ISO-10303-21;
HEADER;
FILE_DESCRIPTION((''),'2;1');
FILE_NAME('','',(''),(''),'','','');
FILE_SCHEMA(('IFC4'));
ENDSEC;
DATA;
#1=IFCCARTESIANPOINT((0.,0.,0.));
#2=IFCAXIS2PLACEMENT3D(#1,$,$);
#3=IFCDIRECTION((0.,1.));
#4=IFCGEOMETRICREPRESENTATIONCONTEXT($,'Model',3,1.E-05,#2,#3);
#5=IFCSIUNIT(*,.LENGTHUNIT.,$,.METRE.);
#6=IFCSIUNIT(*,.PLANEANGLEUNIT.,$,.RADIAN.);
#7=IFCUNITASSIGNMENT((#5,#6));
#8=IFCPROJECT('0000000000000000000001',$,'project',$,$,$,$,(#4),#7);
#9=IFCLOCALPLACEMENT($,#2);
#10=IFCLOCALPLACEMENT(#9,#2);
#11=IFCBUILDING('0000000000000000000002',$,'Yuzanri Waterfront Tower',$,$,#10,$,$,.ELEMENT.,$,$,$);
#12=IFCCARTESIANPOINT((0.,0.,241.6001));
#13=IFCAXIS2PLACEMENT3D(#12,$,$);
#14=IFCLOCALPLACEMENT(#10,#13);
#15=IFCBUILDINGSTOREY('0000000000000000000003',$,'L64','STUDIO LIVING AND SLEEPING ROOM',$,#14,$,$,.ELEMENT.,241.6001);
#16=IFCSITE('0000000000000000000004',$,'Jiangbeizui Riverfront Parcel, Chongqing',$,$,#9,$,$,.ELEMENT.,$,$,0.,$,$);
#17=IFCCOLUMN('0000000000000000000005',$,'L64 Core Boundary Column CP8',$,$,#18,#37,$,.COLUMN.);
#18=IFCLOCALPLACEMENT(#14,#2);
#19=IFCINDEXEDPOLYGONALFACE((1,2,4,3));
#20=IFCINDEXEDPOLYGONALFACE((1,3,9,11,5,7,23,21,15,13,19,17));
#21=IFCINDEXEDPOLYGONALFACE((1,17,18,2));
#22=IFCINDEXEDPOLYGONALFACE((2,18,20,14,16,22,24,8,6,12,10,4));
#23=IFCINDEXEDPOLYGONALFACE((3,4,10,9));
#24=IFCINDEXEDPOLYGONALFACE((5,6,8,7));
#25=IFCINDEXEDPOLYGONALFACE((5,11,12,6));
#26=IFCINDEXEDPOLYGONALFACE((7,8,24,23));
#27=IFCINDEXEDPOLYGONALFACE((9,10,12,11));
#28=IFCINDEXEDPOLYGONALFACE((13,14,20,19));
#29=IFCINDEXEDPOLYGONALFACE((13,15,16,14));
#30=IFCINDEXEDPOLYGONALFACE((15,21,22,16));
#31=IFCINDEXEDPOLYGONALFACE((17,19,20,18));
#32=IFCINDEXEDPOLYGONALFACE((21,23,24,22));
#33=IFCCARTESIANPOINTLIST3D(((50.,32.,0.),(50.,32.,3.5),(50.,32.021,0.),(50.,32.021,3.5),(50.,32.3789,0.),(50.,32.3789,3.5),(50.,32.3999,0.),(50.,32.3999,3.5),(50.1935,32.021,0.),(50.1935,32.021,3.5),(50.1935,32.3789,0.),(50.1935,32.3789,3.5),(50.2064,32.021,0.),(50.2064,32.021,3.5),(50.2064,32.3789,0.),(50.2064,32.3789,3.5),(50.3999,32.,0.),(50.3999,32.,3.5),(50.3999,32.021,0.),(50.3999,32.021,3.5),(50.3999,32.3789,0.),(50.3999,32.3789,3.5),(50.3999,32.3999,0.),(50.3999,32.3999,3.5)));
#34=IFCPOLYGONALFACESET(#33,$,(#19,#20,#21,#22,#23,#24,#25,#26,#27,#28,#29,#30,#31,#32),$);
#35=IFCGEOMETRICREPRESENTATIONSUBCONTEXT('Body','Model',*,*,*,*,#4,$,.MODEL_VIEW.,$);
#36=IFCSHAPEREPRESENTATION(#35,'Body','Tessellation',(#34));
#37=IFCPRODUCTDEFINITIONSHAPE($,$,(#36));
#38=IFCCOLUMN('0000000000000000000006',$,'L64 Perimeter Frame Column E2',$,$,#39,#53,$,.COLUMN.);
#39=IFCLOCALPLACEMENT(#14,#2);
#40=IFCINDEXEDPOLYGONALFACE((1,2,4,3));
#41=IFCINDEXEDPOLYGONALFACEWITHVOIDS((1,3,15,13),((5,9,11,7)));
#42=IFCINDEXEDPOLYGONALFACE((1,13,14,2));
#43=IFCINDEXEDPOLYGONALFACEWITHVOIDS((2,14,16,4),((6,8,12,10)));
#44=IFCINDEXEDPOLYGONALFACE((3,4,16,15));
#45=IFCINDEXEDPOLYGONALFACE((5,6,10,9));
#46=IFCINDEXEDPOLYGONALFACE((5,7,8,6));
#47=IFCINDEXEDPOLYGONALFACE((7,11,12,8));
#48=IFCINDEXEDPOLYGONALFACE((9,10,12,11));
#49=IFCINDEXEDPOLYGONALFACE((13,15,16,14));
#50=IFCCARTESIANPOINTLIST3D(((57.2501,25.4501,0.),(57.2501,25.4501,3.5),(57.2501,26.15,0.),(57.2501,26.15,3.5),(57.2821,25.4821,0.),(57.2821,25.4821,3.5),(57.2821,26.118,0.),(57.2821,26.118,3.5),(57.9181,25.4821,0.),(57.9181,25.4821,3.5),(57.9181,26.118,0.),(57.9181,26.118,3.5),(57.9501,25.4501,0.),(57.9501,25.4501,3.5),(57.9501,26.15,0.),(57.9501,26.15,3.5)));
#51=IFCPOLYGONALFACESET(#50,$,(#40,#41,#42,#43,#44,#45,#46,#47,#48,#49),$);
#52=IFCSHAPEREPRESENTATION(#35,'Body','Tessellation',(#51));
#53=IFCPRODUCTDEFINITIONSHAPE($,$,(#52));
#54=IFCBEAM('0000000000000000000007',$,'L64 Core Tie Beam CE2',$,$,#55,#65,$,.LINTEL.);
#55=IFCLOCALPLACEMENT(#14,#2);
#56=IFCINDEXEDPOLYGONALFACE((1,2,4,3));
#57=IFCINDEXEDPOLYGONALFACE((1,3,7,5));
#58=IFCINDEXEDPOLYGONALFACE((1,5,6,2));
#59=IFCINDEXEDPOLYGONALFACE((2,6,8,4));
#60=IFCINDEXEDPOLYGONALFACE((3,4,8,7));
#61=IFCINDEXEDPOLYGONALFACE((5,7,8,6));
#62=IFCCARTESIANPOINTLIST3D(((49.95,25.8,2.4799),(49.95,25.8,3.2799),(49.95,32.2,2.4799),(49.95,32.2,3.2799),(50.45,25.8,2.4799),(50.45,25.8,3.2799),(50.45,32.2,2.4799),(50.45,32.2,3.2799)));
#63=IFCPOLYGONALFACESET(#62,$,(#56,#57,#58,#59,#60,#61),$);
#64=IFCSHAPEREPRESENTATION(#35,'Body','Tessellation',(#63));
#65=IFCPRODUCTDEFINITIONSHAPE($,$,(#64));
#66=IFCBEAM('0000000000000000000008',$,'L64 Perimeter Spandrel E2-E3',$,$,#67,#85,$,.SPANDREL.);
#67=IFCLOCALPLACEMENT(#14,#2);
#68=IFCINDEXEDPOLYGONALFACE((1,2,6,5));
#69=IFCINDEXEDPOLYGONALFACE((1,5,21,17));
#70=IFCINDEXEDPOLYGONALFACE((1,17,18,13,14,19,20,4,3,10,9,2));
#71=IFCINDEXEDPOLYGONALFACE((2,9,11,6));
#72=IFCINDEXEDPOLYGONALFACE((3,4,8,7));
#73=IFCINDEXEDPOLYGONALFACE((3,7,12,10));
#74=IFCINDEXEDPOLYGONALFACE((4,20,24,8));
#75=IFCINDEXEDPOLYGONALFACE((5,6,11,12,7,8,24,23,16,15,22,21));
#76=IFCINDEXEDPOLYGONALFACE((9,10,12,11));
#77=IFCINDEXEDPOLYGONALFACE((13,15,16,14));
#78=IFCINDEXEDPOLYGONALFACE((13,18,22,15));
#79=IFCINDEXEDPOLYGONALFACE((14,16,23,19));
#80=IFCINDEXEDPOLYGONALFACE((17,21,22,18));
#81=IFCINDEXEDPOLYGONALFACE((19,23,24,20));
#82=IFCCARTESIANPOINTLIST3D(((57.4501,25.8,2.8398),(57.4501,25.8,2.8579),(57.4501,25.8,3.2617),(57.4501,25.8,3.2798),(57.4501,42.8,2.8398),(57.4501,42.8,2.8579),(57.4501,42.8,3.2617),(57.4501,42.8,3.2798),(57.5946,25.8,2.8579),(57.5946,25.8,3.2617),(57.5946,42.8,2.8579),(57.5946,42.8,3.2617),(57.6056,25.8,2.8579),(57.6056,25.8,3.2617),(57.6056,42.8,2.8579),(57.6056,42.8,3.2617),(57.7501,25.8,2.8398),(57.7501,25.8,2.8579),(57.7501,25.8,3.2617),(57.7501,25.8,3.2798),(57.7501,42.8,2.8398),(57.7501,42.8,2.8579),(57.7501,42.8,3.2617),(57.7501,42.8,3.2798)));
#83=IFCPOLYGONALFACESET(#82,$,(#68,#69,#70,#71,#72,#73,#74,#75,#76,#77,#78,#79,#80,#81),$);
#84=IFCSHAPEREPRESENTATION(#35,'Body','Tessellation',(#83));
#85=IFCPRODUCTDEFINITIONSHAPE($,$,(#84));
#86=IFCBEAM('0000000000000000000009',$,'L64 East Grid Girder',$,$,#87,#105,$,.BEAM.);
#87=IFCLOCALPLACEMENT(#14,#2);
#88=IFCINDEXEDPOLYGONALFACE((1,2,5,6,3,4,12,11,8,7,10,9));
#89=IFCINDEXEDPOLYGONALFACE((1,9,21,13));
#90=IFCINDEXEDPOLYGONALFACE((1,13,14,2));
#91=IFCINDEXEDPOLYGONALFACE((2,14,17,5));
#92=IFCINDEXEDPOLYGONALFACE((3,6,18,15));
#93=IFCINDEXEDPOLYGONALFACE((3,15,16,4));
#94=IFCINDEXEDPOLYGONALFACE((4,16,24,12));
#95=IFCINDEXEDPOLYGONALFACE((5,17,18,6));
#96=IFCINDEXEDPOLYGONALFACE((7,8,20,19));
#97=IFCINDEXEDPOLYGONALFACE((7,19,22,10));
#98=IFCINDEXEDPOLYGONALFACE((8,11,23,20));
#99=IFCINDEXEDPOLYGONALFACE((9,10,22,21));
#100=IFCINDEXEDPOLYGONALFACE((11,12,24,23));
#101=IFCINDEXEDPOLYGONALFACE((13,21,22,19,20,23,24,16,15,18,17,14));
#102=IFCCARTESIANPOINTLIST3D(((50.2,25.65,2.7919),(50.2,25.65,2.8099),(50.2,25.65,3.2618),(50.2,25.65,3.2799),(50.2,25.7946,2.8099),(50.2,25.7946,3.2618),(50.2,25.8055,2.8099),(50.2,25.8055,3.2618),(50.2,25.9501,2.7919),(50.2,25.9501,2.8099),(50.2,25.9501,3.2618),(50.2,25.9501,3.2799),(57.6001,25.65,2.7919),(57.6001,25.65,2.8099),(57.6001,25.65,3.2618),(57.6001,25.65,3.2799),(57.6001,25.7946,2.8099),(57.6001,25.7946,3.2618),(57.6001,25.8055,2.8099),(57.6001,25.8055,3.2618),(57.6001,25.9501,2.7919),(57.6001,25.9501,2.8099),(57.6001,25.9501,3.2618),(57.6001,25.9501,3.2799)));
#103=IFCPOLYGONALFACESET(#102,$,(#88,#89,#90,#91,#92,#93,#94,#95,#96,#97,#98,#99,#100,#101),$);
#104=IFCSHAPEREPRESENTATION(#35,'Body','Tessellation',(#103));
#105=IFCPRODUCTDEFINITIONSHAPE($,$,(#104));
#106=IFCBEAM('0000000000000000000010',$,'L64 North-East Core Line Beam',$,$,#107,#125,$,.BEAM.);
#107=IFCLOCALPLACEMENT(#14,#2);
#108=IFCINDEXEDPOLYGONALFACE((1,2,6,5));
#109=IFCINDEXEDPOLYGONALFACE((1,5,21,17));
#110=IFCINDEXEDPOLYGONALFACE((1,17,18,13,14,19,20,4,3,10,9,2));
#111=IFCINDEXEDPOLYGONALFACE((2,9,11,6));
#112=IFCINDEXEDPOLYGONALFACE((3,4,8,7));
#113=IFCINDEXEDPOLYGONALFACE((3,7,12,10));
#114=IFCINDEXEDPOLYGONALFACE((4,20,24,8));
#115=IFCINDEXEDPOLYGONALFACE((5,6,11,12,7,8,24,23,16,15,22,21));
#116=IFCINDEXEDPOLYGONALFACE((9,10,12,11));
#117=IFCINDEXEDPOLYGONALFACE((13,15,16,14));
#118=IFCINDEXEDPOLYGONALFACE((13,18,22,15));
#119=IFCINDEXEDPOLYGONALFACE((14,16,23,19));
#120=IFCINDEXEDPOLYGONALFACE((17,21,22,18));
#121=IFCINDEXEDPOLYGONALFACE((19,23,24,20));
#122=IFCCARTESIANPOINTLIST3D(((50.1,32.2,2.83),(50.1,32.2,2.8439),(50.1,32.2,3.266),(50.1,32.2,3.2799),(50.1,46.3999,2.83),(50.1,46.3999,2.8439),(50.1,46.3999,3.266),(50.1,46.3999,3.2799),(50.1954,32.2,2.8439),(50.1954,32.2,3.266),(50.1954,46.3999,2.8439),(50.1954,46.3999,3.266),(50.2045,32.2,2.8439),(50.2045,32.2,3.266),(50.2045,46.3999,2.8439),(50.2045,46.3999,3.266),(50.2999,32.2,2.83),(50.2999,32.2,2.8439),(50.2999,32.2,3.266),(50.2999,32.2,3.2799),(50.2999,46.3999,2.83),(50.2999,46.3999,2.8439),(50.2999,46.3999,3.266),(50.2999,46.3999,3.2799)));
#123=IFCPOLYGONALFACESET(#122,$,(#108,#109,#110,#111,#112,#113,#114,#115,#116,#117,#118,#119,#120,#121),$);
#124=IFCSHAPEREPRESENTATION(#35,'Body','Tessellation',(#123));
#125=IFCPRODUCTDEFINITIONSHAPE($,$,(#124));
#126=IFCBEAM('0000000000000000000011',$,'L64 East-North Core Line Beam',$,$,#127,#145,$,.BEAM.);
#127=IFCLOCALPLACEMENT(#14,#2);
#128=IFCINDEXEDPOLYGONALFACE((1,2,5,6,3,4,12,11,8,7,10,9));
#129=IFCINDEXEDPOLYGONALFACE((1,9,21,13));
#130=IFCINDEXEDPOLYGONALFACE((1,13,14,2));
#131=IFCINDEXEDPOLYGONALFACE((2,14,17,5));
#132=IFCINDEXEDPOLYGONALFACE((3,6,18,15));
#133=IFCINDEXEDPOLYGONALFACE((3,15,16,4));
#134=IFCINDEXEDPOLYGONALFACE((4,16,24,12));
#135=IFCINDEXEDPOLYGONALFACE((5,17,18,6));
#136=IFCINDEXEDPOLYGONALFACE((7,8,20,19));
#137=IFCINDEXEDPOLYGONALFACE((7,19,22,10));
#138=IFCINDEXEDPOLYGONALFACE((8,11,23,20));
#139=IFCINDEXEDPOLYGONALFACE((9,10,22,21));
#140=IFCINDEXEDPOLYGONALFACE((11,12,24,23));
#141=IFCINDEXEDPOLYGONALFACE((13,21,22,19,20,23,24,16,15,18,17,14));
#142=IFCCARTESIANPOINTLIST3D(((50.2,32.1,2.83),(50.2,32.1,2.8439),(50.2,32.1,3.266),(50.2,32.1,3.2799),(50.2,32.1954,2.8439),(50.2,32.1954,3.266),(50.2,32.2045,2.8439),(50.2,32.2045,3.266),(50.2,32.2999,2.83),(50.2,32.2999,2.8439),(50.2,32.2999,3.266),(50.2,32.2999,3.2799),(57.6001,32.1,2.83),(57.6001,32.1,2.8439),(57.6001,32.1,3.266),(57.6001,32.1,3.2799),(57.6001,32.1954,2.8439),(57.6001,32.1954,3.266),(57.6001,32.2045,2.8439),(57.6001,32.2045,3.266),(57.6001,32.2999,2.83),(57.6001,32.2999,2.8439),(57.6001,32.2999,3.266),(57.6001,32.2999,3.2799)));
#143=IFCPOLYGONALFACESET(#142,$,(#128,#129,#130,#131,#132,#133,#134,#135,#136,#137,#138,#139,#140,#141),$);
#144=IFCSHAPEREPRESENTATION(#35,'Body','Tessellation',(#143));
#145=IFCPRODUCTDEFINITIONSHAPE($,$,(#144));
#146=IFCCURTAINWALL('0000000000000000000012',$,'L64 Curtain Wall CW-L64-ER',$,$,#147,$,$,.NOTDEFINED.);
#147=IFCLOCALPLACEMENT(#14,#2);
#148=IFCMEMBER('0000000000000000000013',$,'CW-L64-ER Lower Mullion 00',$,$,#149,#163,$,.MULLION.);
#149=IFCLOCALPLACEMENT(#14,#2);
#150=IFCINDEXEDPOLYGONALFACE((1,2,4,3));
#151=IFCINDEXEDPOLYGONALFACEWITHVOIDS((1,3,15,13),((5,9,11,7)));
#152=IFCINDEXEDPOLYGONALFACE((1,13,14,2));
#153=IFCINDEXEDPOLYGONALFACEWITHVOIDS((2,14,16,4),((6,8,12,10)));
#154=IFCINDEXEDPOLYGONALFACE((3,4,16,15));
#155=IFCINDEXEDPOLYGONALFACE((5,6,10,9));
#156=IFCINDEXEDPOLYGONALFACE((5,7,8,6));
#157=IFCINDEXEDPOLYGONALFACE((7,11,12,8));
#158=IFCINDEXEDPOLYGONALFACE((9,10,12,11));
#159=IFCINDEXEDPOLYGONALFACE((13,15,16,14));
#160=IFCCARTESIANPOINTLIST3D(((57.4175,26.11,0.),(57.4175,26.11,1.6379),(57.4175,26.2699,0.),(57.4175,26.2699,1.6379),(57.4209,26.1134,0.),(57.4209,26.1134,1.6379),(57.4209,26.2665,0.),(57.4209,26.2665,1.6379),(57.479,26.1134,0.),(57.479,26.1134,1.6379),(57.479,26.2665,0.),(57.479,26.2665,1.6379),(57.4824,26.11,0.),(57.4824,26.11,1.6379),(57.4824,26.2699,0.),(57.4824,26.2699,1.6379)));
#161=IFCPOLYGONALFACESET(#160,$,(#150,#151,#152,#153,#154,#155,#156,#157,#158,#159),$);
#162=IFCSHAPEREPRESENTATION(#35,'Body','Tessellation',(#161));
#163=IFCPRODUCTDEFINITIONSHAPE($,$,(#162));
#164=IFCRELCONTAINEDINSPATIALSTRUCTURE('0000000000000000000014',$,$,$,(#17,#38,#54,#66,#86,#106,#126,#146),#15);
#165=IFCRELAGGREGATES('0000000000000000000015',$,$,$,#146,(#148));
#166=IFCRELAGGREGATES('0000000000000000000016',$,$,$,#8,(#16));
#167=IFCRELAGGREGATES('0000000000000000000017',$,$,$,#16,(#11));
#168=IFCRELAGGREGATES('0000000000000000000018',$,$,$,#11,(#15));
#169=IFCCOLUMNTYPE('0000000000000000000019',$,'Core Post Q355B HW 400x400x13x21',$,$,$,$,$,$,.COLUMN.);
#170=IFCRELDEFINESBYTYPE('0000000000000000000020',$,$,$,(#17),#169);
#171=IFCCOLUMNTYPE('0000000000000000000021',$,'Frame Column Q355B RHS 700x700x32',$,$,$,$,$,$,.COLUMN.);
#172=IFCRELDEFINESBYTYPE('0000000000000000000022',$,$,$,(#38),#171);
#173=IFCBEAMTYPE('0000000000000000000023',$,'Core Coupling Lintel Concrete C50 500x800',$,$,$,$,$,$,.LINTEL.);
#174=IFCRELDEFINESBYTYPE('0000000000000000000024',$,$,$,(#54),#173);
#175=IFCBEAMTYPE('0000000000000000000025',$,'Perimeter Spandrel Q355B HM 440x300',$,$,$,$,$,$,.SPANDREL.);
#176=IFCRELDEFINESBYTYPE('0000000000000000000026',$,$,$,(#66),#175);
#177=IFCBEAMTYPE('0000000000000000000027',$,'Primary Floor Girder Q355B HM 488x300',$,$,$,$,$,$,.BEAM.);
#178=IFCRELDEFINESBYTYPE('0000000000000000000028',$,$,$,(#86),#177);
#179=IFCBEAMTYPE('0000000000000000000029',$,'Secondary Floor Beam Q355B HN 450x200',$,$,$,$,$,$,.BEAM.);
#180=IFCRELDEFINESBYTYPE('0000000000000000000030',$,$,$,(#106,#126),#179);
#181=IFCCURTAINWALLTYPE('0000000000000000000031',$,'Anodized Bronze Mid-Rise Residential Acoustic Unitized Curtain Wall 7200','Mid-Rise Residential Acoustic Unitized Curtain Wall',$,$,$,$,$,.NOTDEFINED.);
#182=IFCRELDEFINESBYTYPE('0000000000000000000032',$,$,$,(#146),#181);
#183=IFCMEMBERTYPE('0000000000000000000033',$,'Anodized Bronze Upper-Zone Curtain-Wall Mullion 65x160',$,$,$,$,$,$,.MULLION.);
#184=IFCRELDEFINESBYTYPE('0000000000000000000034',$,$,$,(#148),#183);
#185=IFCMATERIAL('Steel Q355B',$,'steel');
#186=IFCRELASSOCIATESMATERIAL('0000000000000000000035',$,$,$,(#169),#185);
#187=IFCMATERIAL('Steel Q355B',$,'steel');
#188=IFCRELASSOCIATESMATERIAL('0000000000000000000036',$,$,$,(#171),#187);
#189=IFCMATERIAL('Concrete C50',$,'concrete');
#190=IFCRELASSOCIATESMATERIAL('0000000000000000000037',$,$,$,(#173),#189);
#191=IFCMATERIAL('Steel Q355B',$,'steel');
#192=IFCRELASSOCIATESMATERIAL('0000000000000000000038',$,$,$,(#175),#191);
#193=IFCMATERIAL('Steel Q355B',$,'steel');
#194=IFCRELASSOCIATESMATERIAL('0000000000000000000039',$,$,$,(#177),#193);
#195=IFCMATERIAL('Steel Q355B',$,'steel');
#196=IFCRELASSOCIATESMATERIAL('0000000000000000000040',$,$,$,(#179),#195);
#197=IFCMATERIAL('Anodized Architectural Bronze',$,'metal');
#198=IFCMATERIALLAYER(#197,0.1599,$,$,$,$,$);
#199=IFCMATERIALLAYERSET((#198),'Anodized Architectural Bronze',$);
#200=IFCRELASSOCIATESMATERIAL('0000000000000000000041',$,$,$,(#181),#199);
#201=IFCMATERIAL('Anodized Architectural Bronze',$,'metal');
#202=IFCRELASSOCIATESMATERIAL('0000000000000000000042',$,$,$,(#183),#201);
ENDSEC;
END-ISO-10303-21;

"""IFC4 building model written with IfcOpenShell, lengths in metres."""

from ifc_helpers import new_model, si_unit, direction, frame, origin, origin_2d, place, context, subcontext, project, spatial, rectangle, hollow_rectangle, i_section, extrude, source, transform, mapped, material, layer, layer_set, material_profile, profile_set, type_object, element, aggregate, save


model = new_model("IFC4")

# Units and contexts
model_context = context("Model", 3, precision=1e-05, world=origin(), true_north=direction((0.0, 1.0)))
body_context = subcontext(model_context, "Body", "Model", "MODEL_VIEW")
ifc_project = project(units=[si_unit("LENGTHUNIT", "METRE"), si_unit("PLANEANGLEUNIT", "RADIAN")], contexts=[model_context])

# Site, building, storey
site_placement = place(None, origin())
site = spatial("IfcSite", under=ifc_project, at=site_placement, Name="Jiangbeizui Riverfront Parcel, Chongqing", CompositionType="ELEMENT", RefElevation=0.0)
building_placement = place(site_placement, origin())
building = spatial("IfcBuilding", under=site, at=building_placement, Name="Yuzanri Waterfront Tower", CompositionType="ELEMENT")
storey_placement = place(building_placement, frame((0.0, 0.0, 241.6001)))
storey = spatial("IfcBuildingStorey", under=building, at=storey_placement, Name="L64", Description="STUDIO LIVING AND SLEEPING ROOM", CompositionType="ELEMENT", Elevation=241.6001)

# Columns
ifc_material_1 = material(Name="Steel Q355B", Category="steel")
ifc_material_profile_1 = material_profile(ifc_material_1, i_section(OverallWidth=0.3999, OverallDepth=0.3999, WebThickness=0.0129, FlangeThickness=0.021, at=origin_2d()), Name="HW 400x400x13x21")
ifc_profile_set_1 = profile_set([ifc_material_profile_1], Name="Steel Q355B")
column_type_1 = type_object("IfcColumnType", Name="Core Post Q355B HW 400x400x13x21", PredefinedType="COLUMN", material=ifc_profile_set_1)
shared_shape_1 = source(origin(), body_context, "Body", "SweptSolid", [
    extrude(i_section(OverallWidth=0.3999, OverallDepth=0.3999, WebThickness=0.0129, FlangeThickness=0.021, at=origin_2d()), origin(), (0.0, 0.0, 1.0), 3.5),
])
column_1_placement = place(storey_placement, frame((50.2, 32.2, 0.0), z_axis=(0.0, 0.0, 1.0), x_axis=(1.0, 0.0, 0.0)))
element("IfcColumn", 1, at=column_1_placement, inside=storey, type_object=column_type_1, Name="L64 Core Boundary Column CP8", PredefinedType="COLUMN", context=body_context, shape_type="MappedRepresentation", body=[
    mapped(shared_shape_1, transform((0.0, 0.0, 0.0), scale=1.0)),
])
ifc_material_2 = material(Name="Steel Q355B", Category="steel")
ifc_material_profile_2 = material_profile(ifc_material_2, hollow_rectangle(XDim=0.7, YDim=0.7, WallThickness=0.032, at=origin_2d()), Name="RHS 700x700x32")
ifc_profile_set_2 = profile_set([ifc_material_profile_2], Name="Steel Q355B")
column_type_2 = type_object("IfcColumnType", Name="Frame Column Q355B RHS 700x700x32", PredefinedType="COLUMN", material=ifc_profile_set_2)
shared_shape_2 = source(origin(), body_context, "Body", "SweptSolid", [
    extrude(hollow_rectangle(XDim=0.7, YDim=0.7, WallThickness=0.032, at=origin_2d()), origin(), (0.0, 0.0, 1.0), 3.5),
])
column_2_placement = place(storey_placement, frame((57.6001, 25.8, 0.0), z_axis=(0.0, 0.0, 1.0), x_axis=(1.0, 0.0, 0.0)))
element("IfcColumn", 2, at=column_2_placement, inside=storey, type_object=column_type_2, Name="L64 Perimeter Frame Column E2", PredefinedType="COLUMN", context=body_context, shape_type="MappedRepresentation", body=[
    mapped(shared_shape_2, transform((0.0, 0.0, 0.0), scale=1.0)),
])

# Beams
ifc_material_3 = material(Name="Concrete C50", Category="concrete")
ifc_material_profile_3 = material_profile(ifc_material_3, rectangle(XDim=0.5, YDim=0.8, at=origin_2d()), Name="RC 500x800")
ifc_profile_set_3 = profile_set([ifc_material_profile_3], Name="Concrete C50")
beam_type_1 = type_object("IfcBeamType", Name="Core Coupling Lintel Concrete C50 500x800", PredefinedType="LINTEL", material=ifc_profile_set_3)
shared_shape_3 = source(origin(), body_context, "Body", "SweptSolid", [
    extrude(rectangle(XDim=0.5, YDim=0.8, at=origin_2d()), origin(), (0.0, 0.0, 1.0), 6.3999),
])
beam_1_placement = place(storey_placement, frame((50.2, 25.8, 2.8799), z_axis=(0.0, 1.0, 0.0), x_axis=(-1.0, 0.0, 0.0)))
element("IfcBeam", 3, at=beam_1_placement, inside=storey, type_object=beam_type_1, Name="L64 Core Tie Beam CE2", PredefinedType="LINTEL", context=body_context, shape_type="MappedRepresentation", body=[
    mapped(shared_shape_3, transform((0.0, 0.0, 0.0), scale=1.0)),
])
ifc_material_4 = material(Name="Steel Q355B", Category="steel")
ifc_material_profile_4 = material_profile(ifc_material_4, i_section(OverallWidth=0.3, OverallDepth=0.4399, WebThickness=0.011, FlangeThickness=0.0181, at=origin_2d()), Name="HM 440x300x11x18")
ifc_profile_set_4 = profile_set([ifc_material_profile_4], Name="Steel Q355B")
beam_type_2 = type_object("IfcBeamType", Name="Perimeter Spandrel Q355B HM 440x300", PredefinedType="SPANDREL", material=ifc_profile_set_4)
shared_shape_4 = source(origin(), body_context, "Body", "SweptSolid", [
    extrude(i_section(OverallWidth=0.3, OverallDepth=0.4399, WebThickness=0.011, FlangeThickness=0.0181, at=origin_2d()), origin(), (0.0, 0.0, 1.0), 17.0),
])
beam_2_placement = place(storey_placement, frame((57.6001, 25.8, 3.0598), z_axis=(0.0, 1.0, 0.0), x_axis=(-1.0, 0.0, 0.0)))
element("IfcBeam", 4, at=beam_2_placement, inside=storey, type_object=beam_type_2, Name="L64 Perimeter Spandrel E2-E3", PredefinedType="SPANDREL", context=body_context, shape_type="MappedRepresentation", body=[
    mapped(shared_shape_4, transform((0.0, 0.0, 0.0), scale=1.0)),
])
ifc_material_5 = material(Name="Steel Q355B", Category="steel")
ifc_material_profile_5 = material_profile(ifc_material_5, i_section(OverallWidth=0.3, OverallDepth=0.488, WebThickness=0.011, FlangeThickness=0.0181, at=origin_2d()), Name="HM 488x300x11x18")
ifc_profile_set_5 = profile_set([ifc_material_profile_5], Name="Steel Q355B")
beam_type_3 = type_object("IfcBeamType", Name="Primary Floor Girder Q355B HM 488x300", PredefinedType="BEAM", material=ifc_profile_set_5)
shared_shape_5 = source(origin(), body_context, "Body", "SweptSolid", [
    extrude(i_section(OverallWidth=0.3, OverallDepth=0.488, WebThickness=0.011, FlangeThickness=0.0181, at=origin_2d()), origin(), (0.0, 0.0, 1.0), 7.4001),
])
beam_3_placement = place(storey_placement, frame((50.2, 25.8, 3.0359), z_axis=(1.0, 0.0, 0.0), x_axis=(0.0, 1.0, 0.0)))
element("IfcBeam", 5, at=beam_3_placement, inside=storey, type_object=beam_type_3, Name="L64 East Grid Girder", PredefinedType="BEAM", context=body_context, shape_type="MappedRepresentation", body=[
    mapped(shared_shape_5, transform((0.0, 0.0, 0.0), scale=1.0)),
])
ifc_material_6 = material(Name="Steel Q355B", Category="steel")
ifc_material_profile_6 = material_profile(ifc_material_6, i_section(OverallWidth=0.2, OverallDepth=0.45, WebThickness=0.009, FlangeThickness=0.0139, at=origin_2d()), Name="HN 450x200x9x14")
ifc_profile_set_6 = profile_set([ifc_material_profile_6], Name="Steel Q355B")
beam_type_4 = type_object("IfcBeamType", Name="Secondary Floor Beam Q355B HN 450x200", PredefinedType="BEAM", material=ifc_profile_set_6)
shared_shape_6 = source(origin(), body_context, "Body", "SweptSolid", [
    extrude(i_section(OverallWidth=0.2, OverallDepth=0.45, WebThickness=0.009, FlangeThickness=0.0139, at=origin_2d()), origin(), (0.0, 0.0, 1.0), 14.2),
])
beam_4_placement = place(storey_placement, frame((50.2, 32.2, 3.0549), z_axis=(0.0, 1.0, 0.0), x_axis=(-1.0, 0.0, 0.0)))
element("IfcBeam", 6, at=beam_4_placement, inside=storey, type_object=beam_type_4, Name="L64 North-East Core Line Beam", PredefinedType="BEAM", context=body_context, shape_type="MappedRepresentation", body=[
    mapped(shared_shape_6, transform((0.0, 0.0, 0.0), scale=1.0)),
])
shared_shape_7 = source(origin(), body_context, "Body", "SweptSolid", [
    extrude(i_section(OverallWidth=0.2, OverallDepth=0.45, WebThickness=0.009, FlangeThickness=0.0139, at=origin_2d()), origin(), (0.0, 0.0, 1.0), 7.4001),
])
beam_5_placement = place(storey_placement, frame((50.2, 32.2, 3.0549), z_axis=(1.0, 0.0, 0.0), x_axis=(0.0, 1.0, 0.0)))
element("IfcBeam", 7, at=beam_5_placement, inside=storey, type_object=beam_type_4, Name="L64 East-North Core Line Beam", PredefinedType="BEAM", context=body_context, shape_type="MappedRepresentation", body=[
    mapped(shared_shape_7, transform((0.0, 0.0, 0.0), scale=1.0)),
])

# Curtain wall, member
ifc_material_7 = material(Name="Anodized Architectural Bronze", Category="metal")
ifc_layer_1 = layer(ifc_material_7, 0.1599)
ifc_layer_set_1 = layer_set([ifc_layer_1], Name="Anodized Architectural Bronze")
curtain_wall_type = type_object("IfcCurtainWallType", Name="Anodized Bronze Mid-Rise Residential Acoustic Unitized Curtain Wall 7200", Description="Mid-Rise Residential Acoustic Unitized Curtain Wall", PredefinedType="NOTDEFINED", material=ifc_layer_set_1)
curtain_wall_placement = place(storey_placement, origin())
curtain_wall = element("IfcCurtainWall", 8, at=curtain_wall_placement, inside=storey, type_object=curtain_wall_type, Name="L64 Curtain Wall CW-L64-ER", PredefinedType="NOTDEFINED")
ifc_material_8 = material(Name="Anodized Architectural Bronze", Category="metal")
ifc_material_profile_7 = material_profile(ifc_material_8, hollow_rectangle(XDim=0.0649, YDim=0.1599, WallThickness=0.0034, at=origin_2d()), Name="CWM 65x160")
ifc_profile_set_7 = profile_set([ifc_material_profile_7], Name="Anodized Architectural Bronze")
member_type_1 = type_object("IfcMemberType", Name="Anodized Bronze Upper-Zone Curtain-Wall Mullion 65x160", PredefinedType="MULLION", material=ifc_profile_set_7)
shared_shape_8 = source(origin(), body_context, "Body", "SweptSolid", [
    extrude(hollow_rectangle(XDim=0.0649, YDim=0.1599, WallThickness=0.0034, at=origin_2d()), origin(), (0.0, 0.0, 1.0), 1.6379),
])
member_1_placement = place(storey_placement, frame((57.45, 26.1899, 0.0), z_axis=(0.0, 0.0, 1.0), x_axis=(1.0, 0.0, 0.0)))
member_1 = element("IfcMember", 9, at=member_1_placement, type_object=member_type_1, Name="CW-L64-ER Lower Mullion 00", PredefinedType="MULLION", context=body_context, shape_type="MappedRepresentation", body=[
    mapped(shared_shape_8, transform((0.0, 0.0, 0.0), scale=1.0)),
])
aggregate(curtain_wall, [member_1])

save(model, "model.ifc")
